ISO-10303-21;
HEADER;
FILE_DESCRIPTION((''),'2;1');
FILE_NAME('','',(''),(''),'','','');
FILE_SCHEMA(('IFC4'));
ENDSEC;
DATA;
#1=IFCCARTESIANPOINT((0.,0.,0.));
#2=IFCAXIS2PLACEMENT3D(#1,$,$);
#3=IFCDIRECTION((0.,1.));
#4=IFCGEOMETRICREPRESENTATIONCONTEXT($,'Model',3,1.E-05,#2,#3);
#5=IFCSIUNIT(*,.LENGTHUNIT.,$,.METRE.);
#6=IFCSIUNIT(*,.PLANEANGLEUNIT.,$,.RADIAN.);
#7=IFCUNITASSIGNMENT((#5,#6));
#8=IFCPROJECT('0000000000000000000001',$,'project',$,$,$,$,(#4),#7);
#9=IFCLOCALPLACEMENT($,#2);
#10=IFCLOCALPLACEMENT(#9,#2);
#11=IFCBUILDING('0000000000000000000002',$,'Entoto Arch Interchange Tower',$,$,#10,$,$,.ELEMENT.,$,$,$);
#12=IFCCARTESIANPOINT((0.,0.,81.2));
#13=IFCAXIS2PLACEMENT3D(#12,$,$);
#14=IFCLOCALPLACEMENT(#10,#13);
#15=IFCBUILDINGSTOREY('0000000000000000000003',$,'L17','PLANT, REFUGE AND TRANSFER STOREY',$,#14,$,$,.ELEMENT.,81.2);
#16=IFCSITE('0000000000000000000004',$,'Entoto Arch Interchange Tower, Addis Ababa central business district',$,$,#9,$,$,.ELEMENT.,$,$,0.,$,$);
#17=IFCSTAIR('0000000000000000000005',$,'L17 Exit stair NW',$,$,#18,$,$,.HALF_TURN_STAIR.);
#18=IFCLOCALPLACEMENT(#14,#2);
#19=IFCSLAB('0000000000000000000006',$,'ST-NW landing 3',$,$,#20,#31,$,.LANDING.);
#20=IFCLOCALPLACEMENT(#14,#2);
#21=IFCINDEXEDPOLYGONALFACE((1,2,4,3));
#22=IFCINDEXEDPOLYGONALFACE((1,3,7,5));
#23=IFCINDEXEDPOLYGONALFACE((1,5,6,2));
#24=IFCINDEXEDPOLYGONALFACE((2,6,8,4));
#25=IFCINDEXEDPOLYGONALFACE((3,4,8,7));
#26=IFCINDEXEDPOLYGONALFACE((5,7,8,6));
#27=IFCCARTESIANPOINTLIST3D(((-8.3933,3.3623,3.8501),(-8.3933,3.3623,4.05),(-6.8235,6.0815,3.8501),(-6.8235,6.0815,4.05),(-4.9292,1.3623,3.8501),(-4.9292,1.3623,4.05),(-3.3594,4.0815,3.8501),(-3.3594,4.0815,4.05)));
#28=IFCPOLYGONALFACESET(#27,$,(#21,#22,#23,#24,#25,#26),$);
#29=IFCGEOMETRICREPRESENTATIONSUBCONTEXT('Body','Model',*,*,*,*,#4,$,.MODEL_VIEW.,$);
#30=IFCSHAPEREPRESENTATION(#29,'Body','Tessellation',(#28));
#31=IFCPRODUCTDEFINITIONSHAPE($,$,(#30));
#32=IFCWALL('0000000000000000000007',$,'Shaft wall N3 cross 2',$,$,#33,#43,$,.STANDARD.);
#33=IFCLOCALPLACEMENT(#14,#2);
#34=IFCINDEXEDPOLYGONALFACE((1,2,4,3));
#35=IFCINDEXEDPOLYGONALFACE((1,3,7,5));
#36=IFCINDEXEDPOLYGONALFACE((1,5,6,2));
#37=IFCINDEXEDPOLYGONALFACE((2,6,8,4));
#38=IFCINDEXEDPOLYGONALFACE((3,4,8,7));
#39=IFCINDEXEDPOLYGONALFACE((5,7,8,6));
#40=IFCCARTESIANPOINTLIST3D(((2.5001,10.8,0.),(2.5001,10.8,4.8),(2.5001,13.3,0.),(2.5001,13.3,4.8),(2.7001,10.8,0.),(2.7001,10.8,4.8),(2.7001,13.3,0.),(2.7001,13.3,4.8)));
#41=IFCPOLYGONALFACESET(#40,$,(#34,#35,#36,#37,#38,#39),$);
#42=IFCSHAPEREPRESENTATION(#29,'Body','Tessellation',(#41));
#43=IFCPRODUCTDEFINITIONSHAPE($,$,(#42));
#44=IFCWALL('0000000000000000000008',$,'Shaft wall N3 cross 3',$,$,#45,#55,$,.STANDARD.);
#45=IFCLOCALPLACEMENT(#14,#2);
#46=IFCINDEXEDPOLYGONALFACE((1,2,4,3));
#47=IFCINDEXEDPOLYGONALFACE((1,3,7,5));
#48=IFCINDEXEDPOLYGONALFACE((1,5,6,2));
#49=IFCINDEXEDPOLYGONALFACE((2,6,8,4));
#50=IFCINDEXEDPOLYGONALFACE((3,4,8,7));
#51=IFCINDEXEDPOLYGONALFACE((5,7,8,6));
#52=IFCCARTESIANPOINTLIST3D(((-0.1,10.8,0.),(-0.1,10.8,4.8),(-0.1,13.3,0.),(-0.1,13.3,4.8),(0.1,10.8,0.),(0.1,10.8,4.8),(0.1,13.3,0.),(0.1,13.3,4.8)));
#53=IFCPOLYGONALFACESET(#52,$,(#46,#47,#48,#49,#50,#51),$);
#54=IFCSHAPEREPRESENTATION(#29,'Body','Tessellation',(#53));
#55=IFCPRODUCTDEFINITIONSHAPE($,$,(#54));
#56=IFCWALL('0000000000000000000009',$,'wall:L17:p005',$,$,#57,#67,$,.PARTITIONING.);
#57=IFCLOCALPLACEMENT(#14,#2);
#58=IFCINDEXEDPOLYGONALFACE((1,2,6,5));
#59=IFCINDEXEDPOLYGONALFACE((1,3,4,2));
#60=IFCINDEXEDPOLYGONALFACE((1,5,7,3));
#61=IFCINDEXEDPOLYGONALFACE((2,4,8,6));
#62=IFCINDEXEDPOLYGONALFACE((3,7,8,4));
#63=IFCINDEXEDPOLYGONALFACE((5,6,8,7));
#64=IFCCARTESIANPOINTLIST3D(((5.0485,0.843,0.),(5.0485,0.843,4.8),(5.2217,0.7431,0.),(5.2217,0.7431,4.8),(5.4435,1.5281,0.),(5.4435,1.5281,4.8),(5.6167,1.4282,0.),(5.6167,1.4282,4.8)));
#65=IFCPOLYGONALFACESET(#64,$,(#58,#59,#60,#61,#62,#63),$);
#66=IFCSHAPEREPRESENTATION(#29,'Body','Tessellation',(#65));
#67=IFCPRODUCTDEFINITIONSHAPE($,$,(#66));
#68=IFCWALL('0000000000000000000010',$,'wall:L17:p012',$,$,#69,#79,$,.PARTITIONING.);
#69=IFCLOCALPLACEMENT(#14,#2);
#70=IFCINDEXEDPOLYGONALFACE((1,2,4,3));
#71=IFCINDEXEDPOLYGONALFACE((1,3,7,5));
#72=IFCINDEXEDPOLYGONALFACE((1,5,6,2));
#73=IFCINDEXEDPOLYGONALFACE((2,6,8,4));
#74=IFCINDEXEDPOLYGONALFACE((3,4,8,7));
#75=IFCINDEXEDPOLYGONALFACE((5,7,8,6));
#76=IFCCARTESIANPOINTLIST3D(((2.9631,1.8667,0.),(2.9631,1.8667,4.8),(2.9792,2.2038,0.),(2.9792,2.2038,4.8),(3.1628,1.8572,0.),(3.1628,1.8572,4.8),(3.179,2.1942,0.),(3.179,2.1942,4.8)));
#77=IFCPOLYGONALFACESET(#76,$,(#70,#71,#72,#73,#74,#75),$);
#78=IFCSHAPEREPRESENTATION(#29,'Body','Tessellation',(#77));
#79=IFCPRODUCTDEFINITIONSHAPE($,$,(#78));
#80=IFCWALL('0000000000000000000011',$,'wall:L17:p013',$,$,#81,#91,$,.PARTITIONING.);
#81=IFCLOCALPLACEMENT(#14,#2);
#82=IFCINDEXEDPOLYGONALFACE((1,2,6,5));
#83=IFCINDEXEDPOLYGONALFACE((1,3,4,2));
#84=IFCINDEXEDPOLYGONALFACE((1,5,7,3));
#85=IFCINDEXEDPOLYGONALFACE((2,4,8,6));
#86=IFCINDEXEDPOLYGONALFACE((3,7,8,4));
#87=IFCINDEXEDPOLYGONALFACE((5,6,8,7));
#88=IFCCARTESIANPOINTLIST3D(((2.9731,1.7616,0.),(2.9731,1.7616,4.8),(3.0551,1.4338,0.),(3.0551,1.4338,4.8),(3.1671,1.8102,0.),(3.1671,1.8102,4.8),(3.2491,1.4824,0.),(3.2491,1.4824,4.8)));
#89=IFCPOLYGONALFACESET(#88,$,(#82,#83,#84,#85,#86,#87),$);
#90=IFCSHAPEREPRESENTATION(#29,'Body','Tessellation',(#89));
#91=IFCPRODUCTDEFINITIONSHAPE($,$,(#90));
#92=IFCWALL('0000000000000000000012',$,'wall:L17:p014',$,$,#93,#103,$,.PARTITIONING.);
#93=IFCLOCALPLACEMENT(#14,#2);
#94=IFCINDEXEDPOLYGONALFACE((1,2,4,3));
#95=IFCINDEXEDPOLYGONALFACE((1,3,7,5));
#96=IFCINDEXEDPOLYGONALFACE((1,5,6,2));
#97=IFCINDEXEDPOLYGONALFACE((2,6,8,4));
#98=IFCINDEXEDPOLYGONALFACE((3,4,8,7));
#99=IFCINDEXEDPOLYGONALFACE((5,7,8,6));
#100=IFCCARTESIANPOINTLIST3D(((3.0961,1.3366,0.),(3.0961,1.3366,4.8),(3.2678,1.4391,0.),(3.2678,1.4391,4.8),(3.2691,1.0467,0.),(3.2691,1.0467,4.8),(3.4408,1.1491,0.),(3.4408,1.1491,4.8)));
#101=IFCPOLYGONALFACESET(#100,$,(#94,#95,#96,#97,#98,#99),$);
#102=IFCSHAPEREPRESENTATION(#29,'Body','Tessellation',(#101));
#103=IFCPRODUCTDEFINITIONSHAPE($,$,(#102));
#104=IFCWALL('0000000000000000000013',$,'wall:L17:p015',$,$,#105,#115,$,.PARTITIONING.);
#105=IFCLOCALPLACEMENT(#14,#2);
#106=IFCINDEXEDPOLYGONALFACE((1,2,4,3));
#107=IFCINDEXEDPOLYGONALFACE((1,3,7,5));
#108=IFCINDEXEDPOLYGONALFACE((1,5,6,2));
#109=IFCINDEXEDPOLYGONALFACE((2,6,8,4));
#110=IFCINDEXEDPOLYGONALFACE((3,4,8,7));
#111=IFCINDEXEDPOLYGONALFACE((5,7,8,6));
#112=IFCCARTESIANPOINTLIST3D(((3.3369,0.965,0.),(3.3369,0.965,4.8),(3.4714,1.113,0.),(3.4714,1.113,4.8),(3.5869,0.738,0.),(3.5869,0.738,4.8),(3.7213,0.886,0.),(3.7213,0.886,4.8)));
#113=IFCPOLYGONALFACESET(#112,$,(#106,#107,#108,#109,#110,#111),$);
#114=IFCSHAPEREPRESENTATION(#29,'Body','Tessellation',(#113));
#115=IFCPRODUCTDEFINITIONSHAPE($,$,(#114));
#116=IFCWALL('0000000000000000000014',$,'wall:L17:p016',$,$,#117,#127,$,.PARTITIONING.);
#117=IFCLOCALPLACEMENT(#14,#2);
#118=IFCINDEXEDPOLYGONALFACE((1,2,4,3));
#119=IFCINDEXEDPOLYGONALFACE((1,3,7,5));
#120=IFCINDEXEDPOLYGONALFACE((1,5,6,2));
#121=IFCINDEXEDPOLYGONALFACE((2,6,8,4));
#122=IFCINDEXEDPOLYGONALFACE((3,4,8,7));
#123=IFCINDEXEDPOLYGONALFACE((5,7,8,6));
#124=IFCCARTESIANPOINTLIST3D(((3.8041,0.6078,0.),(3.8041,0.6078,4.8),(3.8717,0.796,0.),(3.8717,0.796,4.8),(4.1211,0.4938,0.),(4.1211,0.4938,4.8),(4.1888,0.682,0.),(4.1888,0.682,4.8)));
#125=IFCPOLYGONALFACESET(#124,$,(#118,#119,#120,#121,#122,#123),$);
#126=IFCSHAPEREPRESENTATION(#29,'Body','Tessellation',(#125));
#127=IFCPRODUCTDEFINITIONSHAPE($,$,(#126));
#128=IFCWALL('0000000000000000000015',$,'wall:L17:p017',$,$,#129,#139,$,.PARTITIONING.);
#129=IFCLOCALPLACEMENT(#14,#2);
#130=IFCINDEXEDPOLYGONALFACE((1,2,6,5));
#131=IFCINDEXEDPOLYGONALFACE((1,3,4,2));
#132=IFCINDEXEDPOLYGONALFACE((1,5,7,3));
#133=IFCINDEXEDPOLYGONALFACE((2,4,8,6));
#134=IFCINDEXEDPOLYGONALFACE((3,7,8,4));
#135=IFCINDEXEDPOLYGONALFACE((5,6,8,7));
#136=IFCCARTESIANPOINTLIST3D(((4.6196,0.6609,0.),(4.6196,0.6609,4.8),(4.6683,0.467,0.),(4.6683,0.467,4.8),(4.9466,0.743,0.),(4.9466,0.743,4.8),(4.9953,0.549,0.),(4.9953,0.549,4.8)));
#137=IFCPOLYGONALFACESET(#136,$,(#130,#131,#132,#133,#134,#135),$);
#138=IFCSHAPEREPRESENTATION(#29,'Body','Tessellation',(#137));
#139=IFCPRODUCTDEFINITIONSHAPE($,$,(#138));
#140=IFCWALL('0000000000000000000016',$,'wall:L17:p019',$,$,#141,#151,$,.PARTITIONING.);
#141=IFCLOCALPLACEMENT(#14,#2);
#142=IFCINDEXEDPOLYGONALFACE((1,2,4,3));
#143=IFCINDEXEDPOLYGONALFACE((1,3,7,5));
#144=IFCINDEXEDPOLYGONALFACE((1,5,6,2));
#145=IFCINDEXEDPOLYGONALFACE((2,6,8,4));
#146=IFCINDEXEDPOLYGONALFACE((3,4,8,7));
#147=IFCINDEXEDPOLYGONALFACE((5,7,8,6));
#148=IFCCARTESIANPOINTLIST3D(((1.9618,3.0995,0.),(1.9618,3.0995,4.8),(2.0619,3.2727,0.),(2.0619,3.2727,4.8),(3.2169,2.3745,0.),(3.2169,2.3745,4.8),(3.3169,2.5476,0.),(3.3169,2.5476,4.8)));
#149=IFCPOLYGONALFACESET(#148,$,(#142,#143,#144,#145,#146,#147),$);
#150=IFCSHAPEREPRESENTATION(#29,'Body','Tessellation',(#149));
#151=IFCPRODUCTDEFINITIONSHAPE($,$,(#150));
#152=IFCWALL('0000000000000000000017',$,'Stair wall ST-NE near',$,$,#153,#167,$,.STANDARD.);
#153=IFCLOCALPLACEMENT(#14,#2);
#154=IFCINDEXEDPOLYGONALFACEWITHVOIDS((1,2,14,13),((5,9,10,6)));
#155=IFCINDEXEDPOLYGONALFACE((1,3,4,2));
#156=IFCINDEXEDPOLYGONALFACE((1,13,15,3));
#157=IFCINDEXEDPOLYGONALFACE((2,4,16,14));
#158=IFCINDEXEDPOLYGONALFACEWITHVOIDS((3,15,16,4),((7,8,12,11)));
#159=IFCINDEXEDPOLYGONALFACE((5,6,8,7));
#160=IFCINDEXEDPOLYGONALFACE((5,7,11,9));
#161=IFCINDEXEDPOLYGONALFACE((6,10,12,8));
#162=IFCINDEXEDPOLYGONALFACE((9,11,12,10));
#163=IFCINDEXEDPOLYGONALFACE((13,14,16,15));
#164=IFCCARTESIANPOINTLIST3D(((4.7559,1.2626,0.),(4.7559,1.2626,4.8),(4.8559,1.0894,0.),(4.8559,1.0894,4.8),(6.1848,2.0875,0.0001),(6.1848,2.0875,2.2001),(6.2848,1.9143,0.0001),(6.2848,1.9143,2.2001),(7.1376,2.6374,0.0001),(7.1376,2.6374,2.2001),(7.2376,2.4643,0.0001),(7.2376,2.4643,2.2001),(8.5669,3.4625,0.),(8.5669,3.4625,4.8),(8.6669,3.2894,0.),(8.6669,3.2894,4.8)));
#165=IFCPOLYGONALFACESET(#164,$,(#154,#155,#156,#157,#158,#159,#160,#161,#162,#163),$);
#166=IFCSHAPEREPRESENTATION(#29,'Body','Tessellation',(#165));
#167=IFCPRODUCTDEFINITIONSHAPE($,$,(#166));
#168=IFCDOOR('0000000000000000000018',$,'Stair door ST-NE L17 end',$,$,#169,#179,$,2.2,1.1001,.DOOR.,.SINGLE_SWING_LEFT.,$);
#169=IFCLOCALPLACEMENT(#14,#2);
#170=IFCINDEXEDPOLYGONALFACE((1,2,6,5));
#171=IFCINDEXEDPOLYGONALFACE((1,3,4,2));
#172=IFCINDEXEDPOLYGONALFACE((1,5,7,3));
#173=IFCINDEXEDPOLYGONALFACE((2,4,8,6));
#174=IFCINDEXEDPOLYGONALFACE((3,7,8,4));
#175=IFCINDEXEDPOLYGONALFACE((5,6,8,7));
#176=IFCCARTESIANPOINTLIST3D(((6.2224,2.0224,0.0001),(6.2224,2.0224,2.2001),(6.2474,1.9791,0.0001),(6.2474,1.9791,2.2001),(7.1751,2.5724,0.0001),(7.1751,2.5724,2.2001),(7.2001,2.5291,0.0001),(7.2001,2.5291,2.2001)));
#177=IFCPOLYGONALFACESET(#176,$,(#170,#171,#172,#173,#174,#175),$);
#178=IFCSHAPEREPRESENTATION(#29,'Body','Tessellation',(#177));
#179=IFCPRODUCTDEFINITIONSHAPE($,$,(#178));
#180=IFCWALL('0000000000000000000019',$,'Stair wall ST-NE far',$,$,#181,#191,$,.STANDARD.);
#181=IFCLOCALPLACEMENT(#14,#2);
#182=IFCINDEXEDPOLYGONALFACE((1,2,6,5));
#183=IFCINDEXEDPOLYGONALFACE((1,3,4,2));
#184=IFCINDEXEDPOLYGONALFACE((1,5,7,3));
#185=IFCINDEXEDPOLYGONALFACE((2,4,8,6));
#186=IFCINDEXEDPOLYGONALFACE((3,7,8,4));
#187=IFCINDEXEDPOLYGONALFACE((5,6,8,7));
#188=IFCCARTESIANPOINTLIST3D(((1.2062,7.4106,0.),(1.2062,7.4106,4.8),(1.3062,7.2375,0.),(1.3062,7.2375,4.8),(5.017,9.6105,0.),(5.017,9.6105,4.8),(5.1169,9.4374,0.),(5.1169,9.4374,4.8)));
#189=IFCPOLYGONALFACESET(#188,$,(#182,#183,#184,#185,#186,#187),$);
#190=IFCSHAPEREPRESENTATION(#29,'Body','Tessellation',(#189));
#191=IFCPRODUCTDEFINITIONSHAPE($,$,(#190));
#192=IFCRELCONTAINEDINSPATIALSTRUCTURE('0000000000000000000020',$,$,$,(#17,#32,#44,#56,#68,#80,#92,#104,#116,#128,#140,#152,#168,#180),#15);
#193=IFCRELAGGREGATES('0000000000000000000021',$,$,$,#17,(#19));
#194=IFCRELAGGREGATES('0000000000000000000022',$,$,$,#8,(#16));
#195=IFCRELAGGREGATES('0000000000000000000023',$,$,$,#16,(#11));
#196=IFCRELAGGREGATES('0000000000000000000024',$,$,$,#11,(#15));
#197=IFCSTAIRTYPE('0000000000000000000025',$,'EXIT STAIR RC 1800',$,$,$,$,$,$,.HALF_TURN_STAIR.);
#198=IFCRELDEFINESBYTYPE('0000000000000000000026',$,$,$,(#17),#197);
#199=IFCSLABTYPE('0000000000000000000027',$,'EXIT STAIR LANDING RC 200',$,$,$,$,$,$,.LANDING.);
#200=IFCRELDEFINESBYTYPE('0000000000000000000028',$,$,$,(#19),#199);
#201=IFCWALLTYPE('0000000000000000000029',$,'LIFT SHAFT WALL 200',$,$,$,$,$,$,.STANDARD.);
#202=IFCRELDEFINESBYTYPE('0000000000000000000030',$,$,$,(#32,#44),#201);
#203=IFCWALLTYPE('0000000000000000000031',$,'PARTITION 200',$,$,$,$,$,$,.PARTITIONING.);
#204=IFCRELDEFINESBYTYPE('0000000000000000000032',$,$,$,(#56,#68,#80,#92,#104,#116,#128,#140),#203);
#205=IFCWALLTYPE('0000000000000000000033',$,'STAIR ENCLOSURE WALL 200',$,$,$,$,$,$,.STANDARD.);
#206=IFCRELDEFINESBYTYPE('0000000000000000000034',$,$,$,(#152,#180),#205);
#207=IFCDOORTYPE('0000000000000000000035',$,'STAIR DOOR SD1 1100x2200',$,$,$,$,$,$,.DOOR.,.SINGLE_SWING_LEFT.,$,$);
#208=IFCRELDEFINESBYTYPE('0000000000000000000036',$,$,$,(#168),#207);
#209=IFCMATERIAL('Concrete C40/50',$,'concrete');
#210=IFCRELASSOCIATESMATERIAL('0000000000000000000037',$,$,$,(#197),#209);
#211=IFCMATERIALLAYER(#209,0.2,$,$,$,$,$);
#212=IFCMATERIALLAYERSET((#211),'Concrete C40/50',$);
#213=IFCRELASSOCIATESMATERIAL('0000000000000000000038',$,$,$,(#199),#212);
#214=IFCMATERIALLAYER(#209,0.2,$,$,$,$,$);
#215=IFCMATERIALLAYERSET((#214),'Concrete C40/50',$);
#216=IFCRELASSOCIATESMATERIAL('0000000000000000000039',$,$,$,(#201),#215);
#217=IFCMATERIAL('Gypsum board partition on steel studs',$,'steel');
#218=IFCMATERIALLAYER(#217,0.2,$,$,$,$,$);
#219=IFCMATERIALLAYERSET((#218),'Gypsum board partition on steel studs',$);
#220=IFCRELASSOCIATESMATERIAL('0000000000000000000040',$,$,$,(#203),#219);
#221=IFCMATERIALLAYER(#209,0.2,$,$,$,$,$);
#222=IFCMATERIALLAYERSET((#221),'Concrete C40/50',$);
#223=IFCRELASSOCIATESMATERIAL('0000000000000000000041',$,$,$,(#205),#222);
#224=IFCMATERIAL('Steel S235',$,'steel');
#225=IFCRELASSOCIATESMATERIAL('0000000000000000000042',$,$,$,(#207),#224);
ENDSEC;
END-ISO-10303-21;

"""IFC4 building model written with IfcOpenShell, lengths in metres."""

from ifc_helpers import new_model, si_unit, direction, frame, frame_2d, origin, place, context, subcontext, project, spatial, polyline, rectangle, outline, extrude, material, layer, layer_set, type_object, element, fill, aggregate, save


model = new_model("IFC4")

# Units and contexts
model_context = context("Model", 3, precision=1e-05, world=origin(), true_north=direction((0.0, 1.0)))
body_context = subcontext(model_context, "Body", "Model", "MODEL_VIEW")
ifc_project = project(units=[si_unit("LENGTHUNIT", "METRE"), si_unit("PLANEANGLEUNIT", "RADIAN")], contexts=[model_context])

# Site, building, storey
site_placement = place(None, origin())
site = spatial("IfcSite", under=ifc_project, at=site_placement, Name="Entoto Arch Interchange Tower, Addis Ababa central business district", CompositionType="ELEMENT", RefElevation=0.0)
building_placement = place(site_placement, origin())
building = spatial("IfcBuilding", under=site, at=building_placement, Name="Entoto Arch Interchange Tower", CompositionType="ELEMENT")
storey_placement = place(building_placement, frame((0.0, 0.0, 81.2)))
storey = spatial("IfcBuildingStorey", under=building, at=storey_placement, Name="L17", Description="PLANT, REFUGE AND TRANSFER STOREY", CompositionType="ELEMENT", Elevation=81.2)

# Stair, slab
ifc_material_1 = material(Name="Concrete C40/50", Category="concrete")
stair_type = type_object("IfcStairType", Name="EXIT STAIR RC 1800", PredefinedType="HALF_TURN_STAIR", material=ifc_material_1)
stair_placement = place(storey_placement, origin())
stair = element("IfcStair", 1, at=stair_placement, inside=storey, type_object=stair_type, Name="L17 Exit stair NW", PredefinedType="HALF_TURN_STAIR")
ifc_layer_1 = layer(ifc_material_1, 0.2)
ifc_layer_set_1 = layer_set([ifc_layer_1], Name="Concrete C40/50")
slab_type = type_object("IfcSlabType", Name="EXIT STAIR LANDING RC 200", PredefinedType="LANDING", material=ifc_layer_set_1)
slab_placement = place(storey_placement, frame((0.0, 0.0, 3.8501)))
slab = element("IfcSlab", 2, at=slab_placement, type_object=slab_type, Name="ST-NW landing 3", PredefinedType="LANDING", context=body_context, shape_type="SweptSolid", body=[
    extrude(outline(polyline([(-6.8235, 6.0815), (-8.3933, 3.3623), (-4.9292, 1.3623), (-3.3594, 4.0815), (-6.8235, 6.0815)])), origin(), (0.0, 0.0, 1.0), 0.2),
])
aggregate(stair, [slab])

# Walls
ifc_layer_2 = layer(ifc_material_1, 0.2)
ifc_layer_set_2 = layer_set([ifc_layer_2], Name="Concrete C40/50")
wall_type_1 = type_object("IfcWallType", Name="LIFT SHAFT WALL 200", PredefinedType="STANDARD", material=ifc_layer_set_2)
for number, where, z_axis, x_axis, name in (
    (3, (2.6001, 10.8, 0.0), (0.0, 0.0, 1.0), (0.0, 1.0, 0.0), "Shaft wall N3 cross 2"),
    (4, (0.0, 10.8, 0.0), (0.0, 0.0, 1.0), (0.0, 1.0, 0.0), "Shaft wall N3 cross 3"),
):
    element("IfcWall", number, at=place(storey_placement, frame(where, z_axis=z_axis, x_axis=x_axis)), inside=storey, type_object=wall_type_1, Name=name, PredefinedType="STANDARD", context=body_context, shape_type="SweptSolid", body=[
        extrude(rectangle(XDim=2.5, YDim=0.2, at=frame_2d((1.25, 0.0))), origin(), (0.0, 0.0, 1.0), 4.8),
    ])
ifc_material_2 = material(Name="Gypsum board partition on steel studs", Category="steel")
ifc_layer_3 = layer(ifc_material_2, 0.2)
ifc_layer_set_3 = layer_set([ifc_layer_3], Name="Gypsum board partition on steel studs")
wall_type_2 = type_object("IfcWallType", Name="PARTITION 200", PredefinedType="PARTITIONING", material=ifc_layer_set_3)
wall_1_placement = place(storey_placement, frame((5.135, 0.793, 0.0), z_axis=(0.0, 0.0, 1.0), x_axis=(0.499526, 0.866299, 0.0)))
element("IfcWall", 5, at=wall_1_placement, inside=storey, type_object=wall_type_2, Name="wall:L17:p005", PredefinedType="PARTITIONING", context=body_context, shape_type="SweptSolid", body=[
    extrude(rectangle(XDim=0.7908, YDim=0.2, at=frame_2d((0.3955, 0.0))), origin(), (0.0, 0.0, 1.0), 4.8),
])
wall_2_placement = place(storey_placement, frame((3.0791, 2.199, 0.0), z_axis=(0.0, 0.0, 1.0), x_axis=(-0.047771, -0.998858, 0.0)))
element("IfcWall", 6, at=wall_2_placement, inside=storey, type_object=wall_type_2, Name="wall:L17:p012", PredefinedType="PARTITIONING", context=body_context, shape_type="SweptSolid", body=[
    extrude(rectangle(XDim=0.3374, YDim=0.2, at=frame_2d((0.1687, 0.0))), origin(), (0.0, 0.0, 1.0), 4.8),
])
wall_3_placement = place(storey_placement, frame((3.0701, 1.7859, 0.0), z_axis=(0.0, 0.0, 1.0), x_axis=(0.242706, -0.9701, 0.0)))
element("IfcWall", 7, at=wall_3_placement, inside=storey, type_object=wall_type_2, Name="wall:L17:p013", PredefinedType="PARTITIONING", context=body_context, shape_type="SweptSolid", body=[
    extrude(rectangle(XDim=0.3379, YDim=0.2, at=frame_2d((0.1689, 0.0))), origin(), (0.0, 0.0, 1.0), 4.8),
])
for number, where, z_axis, x_axis, name in (
    (8, (3.1819, 1.3879, 0.0), (0.0, 0.0, 1.0), (0.512475, -0.858702, 0.0), "wall:L17:p014"),
    (9, (3.4041, 1.0391, 0.0), (0.0, 0.0, 1.0), (0.740267, -0.672313, 0.0), "wall:L17:p015"),
):
    element("IfcWall", number, at=place(storey_placement, frame(where, z_axis=z_axis, x_axis=x_axis)), inside=storey, type_object=wall_type_2, Name=name, PredefinedType="PARTITIONING", context=body_context, shape_type="SweptSolid", body=[
        extrude(rectangle(XDim=0.3376, YDim=0.2, at=frame_2d((0.1689, 0.0))), origin(), (0.0, 0.0, 1.0), 4.8),
    ])
wall_4_placement = place(storey_placement, frame((3.8379, 0.7019, 0.0), z_axis=(0.0, 0.0, 1.0), x_axis=(0.941035, -0.338309, 0.0)))
element("IfcWall", 10, at=wall_4_placement, inside=storey, type_object=wall_type_2, Name="wall:L17:p016", PredefinedType="PARTITIONING", context=body_context, shape_type="SweptSolid", body=[
    extrude(rectangle(XDim=0.3369, YDim=0.2, at=frame_2d((0.1685, 0.0))), origin(), (0.0, 0.0, 1.0), 4.8),
])
wall_5_placement = place(storey_placement, frame((4.644, 0.564, 0.0), z_axis=(0.0, 0.0, 1.0), x_axis=(0.969929, 0.243388, 0.0)))
element("IfcWall", 11, at=wall_5_placement, inside=storey, type_object=wall_type_2, Name="wall:L17:p017", PredefinedType="PARTITIONING", context=body_context, shape_type="SweptSolid", body=[
    extrude(rectangle(XDim=0.3372, YDim=0.2, at=frame_2d((0.1685, 0.0))), origin(), (0.0, 0.0, 1.0), 4.8),
])
wall_6_placement = place(storey_placement, frame((2.012, 3.186, 0.0), z_axis=(0.0, 0.0, 1.0), x_axis=(0.865891, -0.500233, 0.0)))
element("IfcWall", 12, at=wall_6_placement, inside=storey, type_object=wall_type_2, Name="wall:L17:p019", PredefinedType="PARTITIONING", context=body_context, shape_type="SweptSolid", body=[
    extrude(rectangle(XDim=1.4495, YDim=0.2, at=frame_2d((0.7246, 0.0))), origin(), (0.0, 0.0, 1.0), 4.8),
])

# Wall, opening, door
ifc_layer_4 = layer(ifc_material_1, 0.2)
ifc_layer_set_4 = layer_set([ifc_layer_4], Name="Concrete C40/50")
wall_type_3 = type_object("IfcWallType", Name="STAIR ENCLOSURE WALL 200", PredefinedType="STANDARD", material=ifc_layer_set_4)
wall_7_placement = place(storey_placement, frame((4.8059, 1.176, 0.0), z_axis=(0.0, 0.0, 1.0), x_axis=(0.86606, 0.49994, 0.0)))
wall_7 = element("IfcWall", 13, at=wall_7_placement, inside=storey, type_object=wall_type_3, Name="Stair wall ST-NE near", PredefinedType="STANDARD", context=body_context, shape_type="SweptSolid", body=[
    extrude(rectangle(XDim=4.4004, YDim=0.2, at=frame_2d((2.2002, 0.0))), origin(), (0.0, 0.0, 1.0), 4.8),
])
opening_1_placement = place(wall_7_placement, frame((1.6499, 0.0, 0.0)))
opening_1 = element("IfcOpeningElement", 14, at=opening_1_placement, cuts=wall_7, PredefinedType="OPENING", context=body_context, shape_type="SweptSolid", body=[
    extrude(rectangle(XDim=1.1001, YDim=2.2, at=frame_2d((0.55, 1.1001))), frame((0.0, 0.1099, 0.0), z_axis=(0.0, -1.0, 0.0), x_axis=(1.0, 0.0, 0.0)), (0.0, 0.0, 1.0), 0.22),
])
ifc_material_3 = material(Name="Steel S235", Category="steel")
door_type = type_object("IfcDoorType", Name="STAIR DOOR SD1 1100x2200", OperationType="SINGLE_SWING_LEFT", PredefinedType="DOOR", material=ifc_material_3)
door_1_placement = place(opening_1_placement, origin())
door_1 = element("IfcDoor", 15, at=door_1_placement, inside=storey, type_object=door_type, Name="Stair door ST-NE L17 end", OperationType="SINGLE_SWING_LEFT", OverallHeight=2.2, OverallWidth=1.1001, PredefinedType="DOOR", context=body_context, shape_type="SweptSolid", body=[
    extrude(rectangle(XDim=1.1001, YDim=2.2, at=frame_2d((0.55, 1.1001))), frame((0.0, 0.0249, 0.0), z_axis=(0.0, -1.0, 0.0), x_axis=(1.0, 0.0, 0.0)), (0.0, 0.0, 1.0), 0.05),
])
fill(opening_1, door_1)

# Wall
wall_8_placement = place(storey_placement, frame((1.2561, 7.324, 0.0), z_axis=(0.0, 0.0, 1.0), x_axis=(0.866046, 0.499964, 0.0)))
element("IfcWall", 16, at=wall_8_placement, inside=storey, type_object=wall_type_3, Name="Stair wall ST-NE far", PredefinedType="STANDARD", context=body_context, shape_type="SweptSolid", body=[
    extrude(rectangle(XDim=4.4001, YDim=0.2, at=frame_2d((2.2002, 0.0))), origin(), (0.0, 0.0, 1.0), 4.8),
])

save(model, "model.ifc")
